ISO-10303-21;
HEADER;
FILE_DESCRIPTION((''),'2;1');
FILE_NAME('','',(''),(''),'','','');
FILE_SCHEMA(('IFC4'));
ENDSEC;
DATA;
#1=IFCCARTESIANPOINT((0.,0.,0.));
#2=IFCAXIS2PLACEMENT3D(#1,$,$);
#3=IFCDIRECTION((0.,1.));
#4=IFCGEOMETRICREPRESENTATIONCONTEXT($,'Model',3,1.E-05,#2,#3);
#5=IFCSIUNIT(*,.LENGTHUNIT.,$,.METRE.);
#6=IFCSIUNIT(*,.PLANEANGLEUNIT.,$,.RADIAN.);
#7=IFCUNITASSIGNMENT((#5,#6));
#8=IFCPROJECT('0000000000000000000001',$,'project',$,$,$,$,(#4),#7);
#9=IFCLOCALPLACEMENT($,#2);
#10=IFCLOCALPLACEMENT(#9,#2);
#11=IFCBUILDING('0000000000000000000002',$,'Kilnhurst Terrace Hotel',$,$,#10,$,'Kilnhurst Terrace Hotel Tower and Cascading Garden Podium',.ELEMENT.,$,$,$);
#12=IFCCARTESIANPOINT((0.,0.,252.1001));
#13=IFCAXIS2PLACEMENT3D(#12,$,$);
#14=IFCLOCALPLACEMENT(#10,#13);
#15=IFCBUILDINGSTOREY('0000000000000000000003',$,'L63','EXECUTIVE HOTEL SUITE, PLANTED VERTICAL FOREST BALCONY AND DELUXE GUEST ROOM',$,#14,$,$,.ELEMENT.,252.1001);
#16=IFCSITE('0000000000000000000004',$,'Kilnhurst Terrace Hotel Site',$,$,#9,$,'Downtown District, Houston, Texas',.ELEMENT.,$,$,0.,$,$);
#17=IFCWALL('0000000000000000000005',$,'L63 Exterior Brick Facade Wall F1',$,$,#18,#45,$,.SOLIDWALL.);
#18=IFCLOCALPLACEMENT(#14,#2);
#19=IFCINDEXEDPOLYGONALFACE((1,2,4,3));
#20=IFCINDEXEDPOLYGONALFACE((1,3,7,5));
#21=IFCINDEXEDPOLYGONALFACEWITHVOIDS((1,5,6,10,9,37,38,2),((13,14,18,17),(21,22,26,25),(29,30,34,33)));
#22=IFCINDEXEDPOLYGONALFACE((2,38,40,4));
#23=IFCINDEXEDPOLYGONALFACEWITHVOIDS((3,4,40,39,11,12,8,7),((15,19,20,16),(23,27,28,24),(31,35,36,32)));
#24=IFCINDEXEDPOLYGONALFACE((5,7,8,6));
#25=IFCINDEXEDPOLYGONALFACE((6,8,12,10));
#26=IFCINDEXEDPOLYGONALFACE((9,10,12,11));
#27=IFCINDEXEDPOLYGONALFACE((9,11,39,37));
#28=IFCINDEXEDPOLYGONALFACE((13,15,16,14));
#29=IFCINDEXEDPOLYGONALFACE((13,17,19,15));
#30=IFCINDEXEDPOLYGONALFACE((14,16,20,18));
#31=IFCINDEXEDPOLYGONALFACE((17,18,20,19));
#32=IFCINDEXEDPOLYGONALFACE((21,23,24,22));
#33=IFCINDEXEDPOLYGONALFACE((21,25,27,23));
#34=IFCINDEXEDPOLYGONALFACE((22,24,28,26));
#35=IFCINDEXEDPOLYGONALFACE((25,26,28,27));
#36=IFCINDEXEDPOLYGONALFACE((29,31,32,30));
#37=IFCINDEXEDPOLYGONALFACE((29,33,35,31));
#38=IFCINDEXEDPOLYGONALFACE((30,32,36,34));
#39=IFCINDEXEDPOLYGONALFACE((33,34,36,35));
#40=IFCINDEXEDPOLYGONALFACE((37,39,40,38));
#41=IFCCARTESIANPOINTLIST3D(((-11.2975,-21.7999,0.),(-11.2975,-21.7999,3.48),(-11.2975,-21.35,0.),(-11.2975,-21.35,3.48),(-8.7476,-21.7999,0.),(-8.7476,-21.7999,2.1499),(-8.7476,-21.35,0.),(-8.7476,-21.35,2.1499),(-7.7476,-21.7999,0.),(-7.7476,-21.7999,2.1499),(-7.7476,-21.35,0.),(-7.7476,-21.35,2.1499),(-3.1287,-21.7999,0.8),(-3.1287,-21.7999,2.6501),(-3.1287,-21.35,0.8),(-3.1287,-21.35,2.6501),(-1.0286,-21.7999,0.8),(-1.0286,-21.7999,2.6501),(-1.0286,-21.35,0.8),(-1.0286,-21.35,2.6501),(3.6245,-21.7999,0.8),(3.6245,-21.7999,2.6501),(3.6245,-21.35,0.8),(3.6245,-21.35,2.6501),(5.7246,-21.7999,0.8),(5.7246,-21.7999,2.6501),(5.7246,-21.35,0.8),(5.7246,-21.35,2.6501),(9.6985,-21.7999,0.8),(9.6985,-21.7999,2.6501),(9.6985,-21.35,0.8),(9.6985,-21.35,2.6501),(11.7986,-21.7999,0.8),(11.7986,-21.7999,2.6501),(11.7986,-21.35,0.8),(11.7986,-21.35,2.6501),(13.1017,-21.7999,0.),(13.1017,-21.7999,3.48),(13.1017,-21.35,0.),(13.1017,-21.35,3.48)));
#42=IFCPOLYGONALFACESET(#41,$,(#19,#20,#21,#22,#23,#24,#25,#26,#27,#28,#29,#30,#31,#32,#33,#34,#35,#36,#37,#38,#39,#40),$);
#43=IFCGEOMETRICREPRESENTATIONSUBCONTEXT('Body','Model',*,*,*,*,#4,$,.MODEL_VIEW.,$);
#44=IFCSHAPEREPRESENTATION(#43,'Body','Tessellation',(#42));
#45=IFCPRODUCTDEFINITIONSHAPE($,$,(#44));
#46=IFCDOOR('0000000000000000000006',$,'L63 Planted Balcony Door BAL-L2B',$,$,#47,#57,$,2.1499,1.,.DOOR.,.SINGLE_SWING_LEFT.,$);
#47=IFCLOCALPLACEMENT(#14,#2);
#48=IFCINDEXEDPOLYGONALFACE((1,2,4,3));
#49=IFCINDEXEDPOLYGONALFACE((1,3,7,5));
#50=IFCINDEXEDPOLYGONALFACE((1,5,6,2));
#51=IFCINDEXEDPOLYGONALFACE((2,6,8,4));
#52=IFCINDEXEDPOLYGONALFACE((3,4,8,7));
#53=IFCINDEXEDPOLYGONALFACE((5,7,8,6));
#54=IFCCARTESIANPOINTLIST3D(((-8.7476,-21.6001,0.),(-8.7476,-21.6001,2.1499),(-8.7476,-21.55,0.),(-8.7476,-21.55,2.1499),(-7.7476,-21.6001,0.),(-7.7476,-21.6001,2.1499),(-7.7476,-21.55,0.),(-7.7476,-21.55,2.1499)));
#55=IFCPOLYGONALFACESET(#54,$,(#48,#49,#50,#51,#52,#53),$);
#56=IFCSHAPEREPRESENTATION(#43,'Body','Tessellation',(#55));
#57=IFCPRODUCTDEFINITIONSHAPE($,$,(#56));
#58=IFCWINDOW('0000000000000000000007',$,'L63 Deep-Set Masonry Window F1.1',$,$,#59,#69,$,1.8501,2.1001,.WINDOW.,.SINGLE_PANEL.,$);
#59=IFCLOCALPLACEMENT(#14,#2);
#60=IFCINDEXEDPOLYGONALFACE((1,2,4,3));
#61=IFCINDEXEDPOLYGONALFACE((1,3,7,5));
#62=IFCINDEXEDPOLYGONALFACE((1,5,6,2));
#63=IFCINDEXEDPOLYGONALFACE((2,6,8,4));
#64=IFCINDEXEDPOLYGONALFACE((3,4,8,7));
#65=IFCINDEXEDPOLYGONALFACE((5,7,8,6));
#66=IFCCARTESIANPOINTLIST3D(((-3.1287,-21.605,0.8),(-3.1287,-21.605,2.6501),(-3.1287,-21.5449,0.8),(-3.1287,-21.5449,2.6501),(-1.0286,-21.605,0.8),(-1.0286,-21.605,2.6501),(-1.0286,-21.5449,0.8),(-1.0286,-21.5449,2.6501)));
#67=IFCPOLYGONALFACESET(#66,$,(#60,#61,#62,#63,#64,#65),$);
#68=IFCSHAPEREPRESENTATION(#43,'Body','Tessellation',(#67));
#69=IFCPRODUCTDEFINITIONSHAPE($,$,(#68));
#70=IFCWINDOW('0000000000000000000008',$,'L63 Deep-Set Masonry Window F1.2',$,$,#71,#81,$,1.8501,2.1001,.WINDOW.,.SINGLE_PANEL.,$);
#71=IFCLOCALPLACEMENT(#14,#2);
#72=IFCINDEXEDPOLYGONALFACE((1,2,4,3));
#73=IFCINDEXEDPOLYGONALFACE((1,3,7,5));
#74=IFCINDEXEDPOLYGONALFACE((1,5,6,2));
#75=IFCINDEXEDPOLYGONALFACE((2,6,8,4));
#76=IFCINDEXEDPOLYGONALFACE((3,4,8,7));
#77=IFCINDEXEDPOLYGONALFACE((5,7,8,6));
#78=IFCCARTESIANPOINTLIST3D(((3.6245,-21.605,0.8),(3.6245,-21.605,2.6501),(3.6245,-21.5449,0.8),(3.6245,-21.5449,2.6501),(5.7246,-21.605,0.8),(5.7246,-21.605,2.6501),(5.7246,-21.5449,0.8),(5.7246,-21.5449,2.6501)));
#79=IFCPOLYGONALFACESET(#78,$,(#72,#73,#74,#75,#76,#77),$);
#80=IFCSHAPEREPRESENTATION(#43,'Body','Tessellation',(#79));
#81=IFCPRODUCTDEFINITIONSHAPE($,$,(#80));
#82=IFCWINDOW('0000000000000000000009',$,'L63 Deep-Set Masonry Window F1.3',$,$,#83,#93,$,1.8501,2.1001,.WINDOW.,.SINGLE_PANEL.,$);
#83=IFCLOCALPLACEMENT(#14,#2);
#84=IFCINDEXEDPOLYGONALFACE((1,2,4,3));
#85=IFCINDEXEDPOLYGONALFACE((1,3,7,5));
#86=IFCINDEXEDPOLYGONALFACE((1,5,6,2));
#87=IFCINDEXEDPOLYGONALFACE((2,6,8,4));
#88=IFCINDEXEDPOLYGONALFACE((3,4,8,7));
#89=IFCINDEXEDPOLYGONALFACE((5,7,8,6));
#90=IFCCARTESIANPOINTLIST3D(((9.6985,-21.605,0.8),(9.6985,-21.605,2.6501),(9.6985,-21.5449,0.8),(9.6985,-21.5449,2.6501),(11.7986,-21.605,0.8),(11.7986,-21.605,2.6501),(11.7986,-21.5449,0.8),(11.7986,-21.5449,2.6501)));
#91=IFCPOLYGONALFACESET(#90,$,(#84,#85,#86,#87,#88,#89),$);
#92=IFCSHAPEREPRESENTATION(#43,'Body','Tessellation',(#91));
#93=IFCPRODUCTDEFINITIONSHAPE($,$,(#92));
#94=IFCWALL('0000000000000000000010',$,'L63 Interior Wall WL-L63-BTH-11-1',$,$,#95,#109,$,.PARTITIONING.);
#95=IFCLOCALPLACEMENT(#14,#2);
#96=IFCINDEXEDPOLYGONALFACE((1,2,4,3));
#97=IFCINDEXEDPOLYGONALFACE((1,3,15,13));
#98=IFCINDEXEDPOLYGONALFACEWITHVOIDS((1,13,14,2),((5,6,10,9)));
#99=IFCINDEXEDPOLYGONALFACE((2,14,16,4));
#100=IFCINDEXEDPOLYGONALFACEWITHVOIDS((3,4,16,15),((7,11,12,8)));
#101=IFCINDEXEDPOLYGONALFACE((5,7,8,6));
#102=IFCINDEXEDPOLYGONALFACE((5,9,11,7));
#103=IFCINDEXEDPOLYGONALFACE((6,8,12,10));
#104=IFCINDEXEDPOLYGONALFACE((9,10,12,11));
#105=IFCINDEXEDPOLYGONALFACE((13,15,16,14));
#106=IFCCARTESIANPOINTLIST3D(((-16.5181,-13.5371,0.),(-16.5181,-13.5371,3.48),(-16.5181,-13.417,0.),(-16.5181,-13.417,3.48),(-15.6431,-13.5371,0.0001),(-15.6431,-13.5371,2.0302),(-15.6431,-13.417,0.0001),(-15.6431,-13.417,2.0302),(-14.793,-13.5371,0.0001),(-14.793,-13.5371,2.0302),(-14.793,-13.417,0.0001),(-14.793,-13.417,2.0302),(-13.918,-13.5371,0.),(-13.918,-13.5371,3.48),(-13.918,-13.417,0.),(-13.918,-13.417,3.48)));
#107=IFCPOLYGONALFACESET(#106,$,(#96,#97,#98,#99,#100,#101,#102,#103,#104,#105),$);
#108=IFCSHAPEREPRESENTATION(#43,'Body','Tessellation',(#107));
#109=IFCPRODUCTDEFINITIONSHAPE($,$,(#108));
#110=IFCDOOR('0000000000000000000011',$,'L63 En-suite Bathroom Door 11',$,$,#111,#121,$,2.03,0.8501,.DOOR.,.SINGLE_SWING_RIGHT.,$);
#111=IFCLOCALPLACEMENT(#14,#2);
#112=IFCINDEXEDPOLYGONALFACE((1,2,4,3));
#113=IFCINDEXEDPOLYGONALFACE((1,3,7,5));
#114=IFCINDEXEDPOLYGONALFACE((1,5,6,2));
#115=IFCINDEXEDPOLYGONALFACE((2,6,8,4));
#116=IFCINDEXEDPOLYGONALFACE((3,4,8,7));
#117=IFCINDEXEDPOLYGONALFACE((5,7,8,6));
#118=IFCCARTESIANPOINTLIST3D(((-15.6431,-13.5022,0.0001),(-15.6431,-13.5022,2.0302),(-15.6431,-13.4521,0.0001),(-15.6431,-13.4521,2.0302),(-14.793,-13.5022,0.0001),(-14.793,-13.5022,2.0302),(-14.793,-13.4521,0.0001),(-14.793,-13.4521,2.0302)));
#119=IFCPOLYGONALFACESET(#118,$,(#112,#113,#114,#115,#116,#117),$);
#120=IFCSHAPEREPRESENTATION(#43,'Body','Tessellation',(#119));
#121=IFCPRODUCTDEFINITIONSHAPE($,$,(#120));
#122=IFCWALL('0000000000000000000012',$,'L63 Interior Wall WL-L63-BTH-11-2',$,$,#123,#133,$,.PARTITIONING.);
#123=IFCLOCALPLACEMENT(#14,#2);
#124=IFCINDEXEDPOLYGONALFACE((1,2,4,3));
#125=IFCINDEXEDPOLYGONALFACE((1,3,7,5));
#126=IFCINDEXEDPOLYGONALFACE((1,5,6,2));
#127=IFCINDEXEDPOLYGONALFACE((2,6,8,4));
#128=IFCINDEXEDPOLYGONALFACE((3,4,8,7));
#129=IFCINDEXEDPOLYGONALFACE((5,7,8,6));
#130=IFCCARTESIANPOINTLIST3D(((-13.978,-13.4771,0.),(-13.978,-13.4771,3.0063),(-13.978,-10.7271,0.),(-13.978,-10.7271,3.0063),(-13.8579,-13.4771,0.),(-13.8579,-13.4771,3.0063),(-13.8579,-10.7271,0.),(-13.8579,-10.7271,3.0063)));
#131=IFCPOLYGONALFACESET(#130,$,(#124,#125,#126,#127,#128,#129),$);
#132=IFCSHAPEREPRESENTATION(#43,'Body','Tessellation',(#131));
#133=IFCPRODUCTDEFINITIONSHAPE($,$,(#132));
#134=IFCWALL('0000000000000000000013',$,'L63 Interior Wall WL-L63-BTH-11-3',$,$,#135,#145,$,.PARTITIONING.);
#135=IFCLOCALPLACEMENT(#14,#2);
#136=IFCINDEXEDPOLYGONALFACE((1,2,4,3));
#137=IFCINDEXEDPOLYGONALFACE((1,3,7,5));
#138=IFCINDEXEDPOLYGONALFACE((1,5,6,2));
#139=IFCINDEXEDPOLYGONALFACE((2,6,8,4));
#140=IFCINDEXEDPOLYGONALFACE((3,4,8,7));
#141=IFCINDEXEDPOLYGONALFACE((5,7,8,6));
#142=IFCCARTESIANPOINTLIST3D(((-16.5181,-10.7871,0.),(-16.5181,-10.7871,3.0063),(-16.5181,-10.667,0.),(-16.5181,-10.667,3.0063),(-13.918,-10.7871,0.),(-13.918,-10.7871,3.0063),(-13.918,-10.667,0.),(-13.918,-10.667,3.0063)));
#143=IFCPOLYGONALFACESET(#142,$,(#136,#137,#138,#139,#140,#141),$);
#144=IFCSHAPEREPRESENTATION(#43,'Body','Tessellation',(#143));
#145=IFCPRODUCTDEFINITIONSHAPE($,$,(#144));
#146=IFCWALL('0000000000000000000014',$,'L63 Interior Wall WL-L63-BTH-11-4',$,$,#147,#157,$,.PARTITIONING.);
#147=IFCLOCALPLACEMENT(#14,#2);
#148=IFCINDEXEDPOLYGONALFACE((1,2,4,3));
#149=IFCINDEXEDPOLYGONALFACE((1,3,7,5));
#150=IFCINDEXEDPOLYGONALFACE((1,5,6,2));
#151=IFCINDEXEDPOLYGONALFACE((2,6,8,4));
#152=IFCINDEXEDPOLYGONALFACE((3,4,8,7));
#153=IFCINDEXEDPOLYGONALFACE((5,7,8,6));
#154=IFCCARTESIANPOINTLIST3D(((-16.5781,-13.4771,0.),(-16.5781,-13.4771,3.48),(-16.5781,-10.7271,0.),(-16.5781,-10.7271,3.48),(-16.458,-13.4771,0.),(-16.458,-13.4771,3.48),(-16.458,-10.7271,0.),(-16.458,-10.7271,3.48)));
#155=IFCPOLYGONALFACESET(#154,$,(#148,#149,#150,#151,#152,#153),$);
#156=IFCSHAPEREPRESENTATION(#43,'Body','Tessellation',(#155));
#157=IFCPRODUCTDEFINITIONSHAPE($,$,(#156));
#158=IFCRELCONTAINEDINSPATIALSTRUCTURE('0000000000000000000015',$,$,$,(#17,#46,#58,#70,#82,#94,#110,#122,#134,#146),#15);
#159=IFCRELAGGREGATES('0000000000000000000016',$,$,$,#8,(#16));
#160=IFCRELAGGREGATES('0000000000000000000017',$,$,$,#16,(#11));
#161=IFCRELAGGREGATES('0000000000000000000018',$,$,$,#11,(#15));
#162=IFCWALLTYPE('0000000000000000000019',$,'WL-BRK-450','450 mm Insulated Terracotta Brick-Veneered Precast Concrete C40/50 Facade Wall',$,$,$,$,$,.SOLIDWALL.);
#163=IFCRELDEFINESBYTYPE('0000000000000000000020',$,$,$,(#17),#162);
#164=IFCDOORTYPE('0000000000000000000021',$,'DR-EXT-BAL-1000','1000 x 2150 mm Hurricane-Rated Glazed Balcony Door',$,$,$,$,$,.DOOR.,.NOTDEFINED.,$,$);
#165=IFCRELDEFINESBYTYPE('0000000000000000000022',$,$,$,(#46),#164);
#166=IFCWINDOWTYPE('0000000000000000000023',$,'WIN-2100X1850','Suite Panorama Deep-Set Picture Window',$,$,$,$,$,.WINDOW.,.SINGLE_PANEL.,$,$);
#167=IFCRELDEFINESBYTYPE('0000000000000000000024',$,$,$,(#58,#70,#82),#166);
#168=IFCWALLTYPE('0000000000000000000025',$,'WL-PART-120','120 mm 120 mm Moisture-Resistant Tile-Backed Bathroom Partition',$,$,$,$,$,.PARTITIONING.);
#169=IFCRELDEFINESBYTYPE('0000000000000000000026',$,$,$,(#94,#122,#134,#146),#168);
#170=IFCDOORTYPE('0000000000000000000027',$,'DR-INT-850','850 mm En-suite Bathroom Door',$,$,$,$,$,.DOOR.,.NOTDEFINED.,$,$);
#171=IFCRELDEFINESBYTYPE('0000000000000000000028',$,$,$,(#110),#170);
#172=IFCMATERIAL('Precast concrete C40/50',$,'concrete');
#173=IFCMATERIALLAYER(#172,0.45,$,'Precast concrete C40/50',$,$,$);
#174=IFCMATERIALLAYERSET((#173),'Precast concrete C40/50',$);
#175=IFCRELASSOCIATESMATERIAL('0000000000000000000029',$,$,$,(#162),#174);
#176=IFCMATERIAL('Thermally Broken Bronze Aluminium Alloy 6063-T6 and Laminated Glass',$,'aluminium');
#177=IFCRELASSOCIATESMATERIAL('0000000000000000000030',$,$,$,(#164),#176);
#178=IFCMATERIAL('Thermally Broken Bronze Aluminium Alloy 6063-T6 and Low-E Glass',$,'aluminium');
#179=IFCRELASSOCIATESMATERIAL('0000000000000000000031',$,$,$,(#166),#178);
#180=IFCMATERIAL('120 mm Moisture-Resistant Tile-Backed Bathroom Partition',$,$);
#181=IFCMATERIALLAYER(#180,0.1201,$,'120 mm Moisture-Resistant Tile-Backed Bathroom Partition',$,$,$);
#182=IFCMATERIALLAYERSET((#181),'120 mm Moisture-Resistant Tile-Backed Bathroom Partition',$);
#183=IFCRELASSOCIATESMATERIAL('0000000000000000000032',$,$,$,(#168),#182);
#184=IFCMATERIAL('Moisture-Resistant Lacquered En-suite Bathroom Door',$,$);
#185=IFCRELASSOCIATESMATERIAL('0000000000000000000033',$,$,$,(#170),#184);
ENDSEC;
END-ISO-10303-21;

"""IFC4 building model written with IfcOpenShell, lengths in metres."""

from ifc_helpers import new_model, si_unit, direction, frame, frame_2d, origin, place, context, subcontext, project, spatial, rectangle, extrude, material, layer, layer_set, type_object, element, fill, save


model = new_model("IFC4")

# Units and contexts
model_context = context("Model", 3, precision=1e-05, world=origin(), true_north=direction((0.0, 1.0)))
body_context = subcontext(model_context, "Body", "Model", "MODEL_VIEW")
ifc_project = project(units=[si_unit("LENGTHUNIT", "METRE"), si_unit("PLANEANGLEUNIT", "RADIAN")], contexts=[model_context])

# Site, building, storey
site_placement = place(None, origin())
site = spatial("IfcSite", under=ifc_project, at=site_placement, Name="Kilnhurst Terrace Hotel Site", LongName="Downtown District, Houston, Texas", CompositionType="ELEMENT", RefElevation=0.0)
building_placement = place(site_placement, origin())
building = spatial("IfcBuilding", under=site, at=building_placement, Name="Kilnhurst Terrace Hotel", LongName="Kilnhurst Terrace Hotel Tower and Cascading Garden Podium", CompositionType="ELEMENT")
storey_placement = place(building_placement, frame((0.0, 0.0, 252.1001)))
storey = spatial("IfcBuildingStorey", under=building, at=storey_placement, Name="L63", Description="EXECUTIVE HOTEL SUITE, PLANTED VERTICAL FOREST BALCONY AND DELUXE GUEST ROOM", CompositionType="ELEMENT", Elevation=252.1001)

# Shared definitions
ifc_material_1 = material(Name="Precast concrete C40/50", Category="concrete")
ifc_layer_1 = layer(ifc_material_1, 0.45, Name="Precast concrete C40/50")
ifc_layer_set_1 = layer_set([ifc_layer_1], Name="Precast concrete C40/50")
wall_type_1 = type_object("IfcWallType", Name="WL-BRK-450", Description="450 mm Insulated Terracotta Brick-Veneered Precast Concrete C40/50 Facade Wall", PredefinedType="SOLIDWALL", material=ifc_layer_set_1)

# Wall, openings, door, windows
wall_1_placement = place(storey_placement, frame((-11.2976, -21.575, 0.0), z_axis=(0.0, 0.0, 1.0), x_axis=(1.0, 0.0, 0.0)))
wall_1 = element("IfcWall", 1, at=wall_1_placement, inside=storey, type_object=wall_type_1, Name="L63 Exterior Brick Facade Wall F1", PredefinedType="SOLIDWALL", context=body_context, shape_type="SweptSolid", body=[
    extrude(rectangle(XDim=24.3992, YDim=0.45, at=frame_2d((12.1997, 0.0))), origin(), (0.0, 0.0, 1.0), 3.48),
])
opening_1_placement = place(wall_1_placement, frame((2.55, 0.0, 0.0)))
opening_1 = element("IfcOpeningElement", 2, at=opening_1_placement, cuts=wall_1, PredefinedType="OPENING", context=body_context, shape_type="SweptSolid", body=[
    extrude(rectangle(XDim=1.0, YDim=2.1499, at=frame_2d((0.5, 1.075))), frame((0.0, 0.2349, 0.0), z_axis=(0.0, -1.0, 0.0), x_axis=(1.0, 0.0, 0.0)), (0.0, 0.0, 1.0), 0.47),
])
opening_2_placement = place(wall_1_placement, frame((8.1689, 0.0, 0.8)))
opening_2 = element("IfcOpeningElement", 3, at=opening_2_placement, cuts=wall_1, PredefinedType="OPENING", context=body_context, shape_type="SweptSolid", body=[
    extrude(rectangle(XDim=2.1001, YDim=1.8501, at=frame_2d((1.05, 0.925))), frame((0.0, 0.2349, 0.0), z_axis=(0.0, -1.0, 0.0), x_axis=(1.0, 0.0, 0.0)), (0.0, 0.0, 1.0), 0.47),
])
opening_3_placement = place(wall_1_placement, frame((14.9221, 0.0, 0.8)))
opening_3 = element("IfcOpeningElement", 4, at=opening_3_placement, cuts=wall_1, PredefinedType="OPENING", context=body_context, shape_type="SweptSolid", body=[
    extrude(rectangle(XDim=2.1001, YDim=1.8501, at=frame_2d((1.05, 0.925))), frame((0.0, 0.2349, 0.0), z_axis=(0.0, -1.0, 0.0), x_axis=(1.0, 0.0, 0.0)), (0.0, 0.0, 1.0), 0.47),
])
opening_4_placement = place(wall_1_placement, frame((20.9961, 0.0, 0.8)))
opening_4 = element("IfcOpeningElement", 5, at=opening_4_placement, cuts=wall_1, PredefinedType="OPENING", context=body_context, shape_type="SweptSolid", body=[
    extrude(rectangle(XDim=2.1001, YDim=1.8501, at=frame_2d((1.05, 0.925))), frame((0.0, 0.2349, 0.0), z_axis=(0.0, -1.0, 0.0), x_axis=(1.0, 0.0, 0.0)), (0.0, 0.0, 1.0), 0.47),
])
ifc_material_2 = material(Name="Thermally Broken Bronze Aluminium Alloy 6063-T6 and Laminated Glass", Category="aluminium")
door_type_1 = type_object("IfcDoorType", Name="DR-EXT-BAL-1000", Description="1000 x 2150 mm Hurricane-Rated Glazed Balcony Door", OperationType="NOTDEFINED", PredefinedType="DOOR", material=ifc_material_2)
door_1_placement = place(opening_1_placement, origin())
door_1 = element("IfcDoor", 6, at=door_1_placement, inside=storey, type_object=door_type_1, Name="L63 Planted Balcony Door BAL-L2B", OperationType="SINGLE_SWING_LEFT", OverallHeight=2.1499, OverallWidth=1.0, PredefinedType="DOOR", context=body_context, shape_type="SweptSolid", body=[
    extrude(rectangle(XDim=1.0, YDim=2.1499, at=frame_2d((0.5, 1.075))), frame((0.0, 0.0249, 0.0), z_axis=(0.0, -1.0, 0.0), x_axis=(1.0, 0.0, 0.0)), (0.0, 0.0, 1.0), 0.05),
])
fill(opening_1, door_1)
ifc_material_3 = material(Name="Thermally Broken Bronze Aluminium Alloy 6063-T6 and Low-E Glass", Category="aluminium")
window_type = type_object("IfcWindowType", Name="WIN-2100X1850", Description="Suite Panorama Deep-Set Picture Window", PartitioningType="SINGLE_PANEL", PredefinedType="WINDOW", material=ifc_material_3)
window_1_placement = place(opening_2_placement, origin())
window_1 = element("IfcWindow", 7, at=window_1_placement, inside=storey, type_object=window_type, Name="L63 Deep-Set Masonry Window F1.1", OverallHeight=1.8501, OverallWidth=2.1001, PartitioningType="SINGLE_PANEL", PredefinedType="WINDOW", context=body_context, shape_type="SweptSolid", body=[
    extrude(rectangle(XDim=2.1001, YDim=1.8501, at=frame_2d((1.05, 0.925))), frame((0.0, 0.03, 0.0), z_axis=(0.0, -1.0, 0.0), x_axis=(1.0, 0.0, 0.0)), (0.0, 0.0, 1.0), 0.0601),
])
fill(opening_2, window_1)
window_2_placement = place(opening_3_placement, origin())
window_2 = element("IfcWindow", 8, at=window_2_placement, inside=storey, type_object=window_type, Name="L63 Deep-Set Masonry Window F1.2", OverallHeight=1.8501, OverallWidth=2.1001, PartitioningType="SINGLE_PANEL", PredefinedType="WINDOW", context=body_context, shape_type="SweptSolid", body=[
    extrude(rectangle(XDim=2.1001, YDim=1.8501, at=frame_2d((1.05, 0.925))), frame((0.0, 0.03, 0.0), z_axis=(0.0, -1.0, 0.0), x_axis=(1.0, 0.0, 0.0)), (0.0, 0.0, 1.0), 0.0601),
])
fill(opening_3, window_2)
window_3_placement = place(opening_4_placement, origin())
window_3 = element("IfcWindow", 9, at=window_3_placement, inside=storey, type_object=window_type, Name="L63 Deep-Set Masonry Window F1.3", OverallHeight=1.8501, OverallWidth=2.1001, PartitioningType="SINGLE_PANEL", PredefinedType="WINDOW", context=body_context, shape_type="SweptSolid", body=[
    extrude(rectangle(XDim=2.1001, YDim=1.8501, at=frame_2d((1.05, 0.925))), frame((0.0, 0.03, 0.0), z_axis=(0.0, -1.0, 0.0), x_axis=(1.0, 0.0, 0.0)), (0.0, 0.0, 1.0), 0.0601),
])
fill(opening_4, window_3)

# Wall, opening, door
ifc_material_4 = material(Name="120 mm Moisture-Resistant Tile-Backed Bathroom Partition")
ifc_layer_2 = layer(ifc_material_4, 0.1201, Name="120 mm Moisture-Resistant Tile-Backed Bathroom Partition")
ifc_layer_set_2 = layer_set([ifc_layer_2], Name="120 mm Moisture-Resistant Tile-Backed Bathroom Partition")
wall_type_2 = type_object("IfcWallType", Name="WL-PART-120", Description="120 mm 120 mm Moisture-Resistant Tile-Backed Bathroom Partition", PredefinedType="PARTITIONING", material=ifc_layer_set_2)
wall_2_placement = place(storey_placement, frame((-16.5181, -13.4771, 0.0), z_axis=(0.0, 0.0, 1.0), x_axis=(1.0, 0.0, 0.0)))
wall_2 = element("IfcWall", 10, at=wall_2_placement, inside=storey, type_object=wall_type_2, Name="L63 Interior Wall WL-L63-BTH-11-1", PredefinedType="PARTITIONING", context=body_context, shape_type="SweptSolid", body=[
    extrude(rectangle(XDim=2.6001, YDim=0.1201, at=frame_2d((1.3, 0.0))), origin(), (0.0, 0.0, 1.0), 3.48),
])
opening_5_placement = place(wall_2_placement, frame((0.875, 0.0, 0.0)))
opening_5 = element("IfcOpeningElement", 11, at=opening_5_placement, cuts=wall_2, PredefinedType="OPENING", context=body_context, shape_type="SweptSolid", body=[
    extrude(rectangle(XDim=0.8501, YDim=2.03, at=frame_2d((0.425, 1.0151))), frame((0.0, 0.0701, 0.0), z_axis=(0.0, -1.0, 0.0), x_axis=(1.0, 0.0, 0.0)), (0.0, 0.0, 1.0), 0.1401),
])
ifc_material_5 = material(Name="Moisture-Resistant Lacquered En-suite Bathroom Door")
door_type_2 = type_object("IfcDoorType", Name="DR-INT-850", Description="850 mm En-suite Bathroom Door", OperationType="NOTDEFINED", PredefinedType="DOOR", material=ifc_material_5)
door_2_placement = place(opening_5_placement, origin())
door_2 = element("IfcDoor", 12, at=door_2_placement, inside=storey, type_object=door_type_2, Name="L63 En-suite Bathroom Door 11", OperationType="SINGLE_SWING_RIGHT", OverallHeight=2.03, OverallWidth=0.8501, PredefinedType="DOOR", context=body_context, shape_type="SweptSolid", body=[
    extrude(rectangle(XDim=0.8501, YDim=2.03, at=frame_2d((0.425, 1.0151))), frame((0.0, 0.0249, 0.0), z_axis=(0.0, -1.0, 0.0), x_axis=(1.0, 0.0, 0.0)), (0.0, 0.0, 1.0), 0.05),
])
fill(opening_5, door_2)

# Walls
wall_3_placement = place(storey_placement, frame((-13.918, -13.4771, 0.0), z_axis=(0.0, 0.0, 1.0), x_axis=(0.0, 1.0, 0.0)))
element("IfcWall", 13, at=wall_3_placement, inside=storey, type_object=wall_type_2, Name="L63 Interior Wall WL-L63-BTH-11-2", PredefinedType="PARTITIONING", context=body_context, shape_type="SweptSolid", body=[
    extrude(rectangle(XDim=2.75, YDim=0.1201, at=frame_2d((1.375, 0.0))), origin(), (0.0, 0.0, 1.0), 3.0063),
])
wall_4_placement = place(storey_placement, frame((-13.918, -10.7271, 0.0), z_axis=(0.0, 0.0, 1.0), x_axis=(-1.0, 0.0, 0.0)))
element("IfcWall", 14, at=wall_4_placement, inside=storey, type_object=wall_type_2, Name="L63 Interior Wall WL-L63-BTH-11-3", PredefinedType="PARTITIONING", context=body_context, shape_type="SweptSolid", body=[
    extrude(rectangle(XDim=2.6001, YDim=0.1201, at=frame_2d((1.3, 0.0))), origin(), (0.0, 0.0, 1.0), 3.0063),
])
wall_5_placement = place(storey_placement, frame((-16.5181, -10.7271, 0.0), z_axis=(0.0, 0.0, 1.0), x_axis=(0.0, -1.0, 0.0)))
element("IfcWall", 15, at=wall_5_placement, inside=storey, type_object=wall_type_2, Name="L63 Interior Wall WL-L63-BTH-11-4", PredefinedType="PARTITIONING", context=body_context, shape_type="SweptSolid", body=[
    extrude(rectangle(XDim=2.75, YDim=0.1201, at=frame_2d((1.375, 0.0))), origin(), (0.0, 0.0, 1.0), 3.48),
])

save(model, "model.ifc")
